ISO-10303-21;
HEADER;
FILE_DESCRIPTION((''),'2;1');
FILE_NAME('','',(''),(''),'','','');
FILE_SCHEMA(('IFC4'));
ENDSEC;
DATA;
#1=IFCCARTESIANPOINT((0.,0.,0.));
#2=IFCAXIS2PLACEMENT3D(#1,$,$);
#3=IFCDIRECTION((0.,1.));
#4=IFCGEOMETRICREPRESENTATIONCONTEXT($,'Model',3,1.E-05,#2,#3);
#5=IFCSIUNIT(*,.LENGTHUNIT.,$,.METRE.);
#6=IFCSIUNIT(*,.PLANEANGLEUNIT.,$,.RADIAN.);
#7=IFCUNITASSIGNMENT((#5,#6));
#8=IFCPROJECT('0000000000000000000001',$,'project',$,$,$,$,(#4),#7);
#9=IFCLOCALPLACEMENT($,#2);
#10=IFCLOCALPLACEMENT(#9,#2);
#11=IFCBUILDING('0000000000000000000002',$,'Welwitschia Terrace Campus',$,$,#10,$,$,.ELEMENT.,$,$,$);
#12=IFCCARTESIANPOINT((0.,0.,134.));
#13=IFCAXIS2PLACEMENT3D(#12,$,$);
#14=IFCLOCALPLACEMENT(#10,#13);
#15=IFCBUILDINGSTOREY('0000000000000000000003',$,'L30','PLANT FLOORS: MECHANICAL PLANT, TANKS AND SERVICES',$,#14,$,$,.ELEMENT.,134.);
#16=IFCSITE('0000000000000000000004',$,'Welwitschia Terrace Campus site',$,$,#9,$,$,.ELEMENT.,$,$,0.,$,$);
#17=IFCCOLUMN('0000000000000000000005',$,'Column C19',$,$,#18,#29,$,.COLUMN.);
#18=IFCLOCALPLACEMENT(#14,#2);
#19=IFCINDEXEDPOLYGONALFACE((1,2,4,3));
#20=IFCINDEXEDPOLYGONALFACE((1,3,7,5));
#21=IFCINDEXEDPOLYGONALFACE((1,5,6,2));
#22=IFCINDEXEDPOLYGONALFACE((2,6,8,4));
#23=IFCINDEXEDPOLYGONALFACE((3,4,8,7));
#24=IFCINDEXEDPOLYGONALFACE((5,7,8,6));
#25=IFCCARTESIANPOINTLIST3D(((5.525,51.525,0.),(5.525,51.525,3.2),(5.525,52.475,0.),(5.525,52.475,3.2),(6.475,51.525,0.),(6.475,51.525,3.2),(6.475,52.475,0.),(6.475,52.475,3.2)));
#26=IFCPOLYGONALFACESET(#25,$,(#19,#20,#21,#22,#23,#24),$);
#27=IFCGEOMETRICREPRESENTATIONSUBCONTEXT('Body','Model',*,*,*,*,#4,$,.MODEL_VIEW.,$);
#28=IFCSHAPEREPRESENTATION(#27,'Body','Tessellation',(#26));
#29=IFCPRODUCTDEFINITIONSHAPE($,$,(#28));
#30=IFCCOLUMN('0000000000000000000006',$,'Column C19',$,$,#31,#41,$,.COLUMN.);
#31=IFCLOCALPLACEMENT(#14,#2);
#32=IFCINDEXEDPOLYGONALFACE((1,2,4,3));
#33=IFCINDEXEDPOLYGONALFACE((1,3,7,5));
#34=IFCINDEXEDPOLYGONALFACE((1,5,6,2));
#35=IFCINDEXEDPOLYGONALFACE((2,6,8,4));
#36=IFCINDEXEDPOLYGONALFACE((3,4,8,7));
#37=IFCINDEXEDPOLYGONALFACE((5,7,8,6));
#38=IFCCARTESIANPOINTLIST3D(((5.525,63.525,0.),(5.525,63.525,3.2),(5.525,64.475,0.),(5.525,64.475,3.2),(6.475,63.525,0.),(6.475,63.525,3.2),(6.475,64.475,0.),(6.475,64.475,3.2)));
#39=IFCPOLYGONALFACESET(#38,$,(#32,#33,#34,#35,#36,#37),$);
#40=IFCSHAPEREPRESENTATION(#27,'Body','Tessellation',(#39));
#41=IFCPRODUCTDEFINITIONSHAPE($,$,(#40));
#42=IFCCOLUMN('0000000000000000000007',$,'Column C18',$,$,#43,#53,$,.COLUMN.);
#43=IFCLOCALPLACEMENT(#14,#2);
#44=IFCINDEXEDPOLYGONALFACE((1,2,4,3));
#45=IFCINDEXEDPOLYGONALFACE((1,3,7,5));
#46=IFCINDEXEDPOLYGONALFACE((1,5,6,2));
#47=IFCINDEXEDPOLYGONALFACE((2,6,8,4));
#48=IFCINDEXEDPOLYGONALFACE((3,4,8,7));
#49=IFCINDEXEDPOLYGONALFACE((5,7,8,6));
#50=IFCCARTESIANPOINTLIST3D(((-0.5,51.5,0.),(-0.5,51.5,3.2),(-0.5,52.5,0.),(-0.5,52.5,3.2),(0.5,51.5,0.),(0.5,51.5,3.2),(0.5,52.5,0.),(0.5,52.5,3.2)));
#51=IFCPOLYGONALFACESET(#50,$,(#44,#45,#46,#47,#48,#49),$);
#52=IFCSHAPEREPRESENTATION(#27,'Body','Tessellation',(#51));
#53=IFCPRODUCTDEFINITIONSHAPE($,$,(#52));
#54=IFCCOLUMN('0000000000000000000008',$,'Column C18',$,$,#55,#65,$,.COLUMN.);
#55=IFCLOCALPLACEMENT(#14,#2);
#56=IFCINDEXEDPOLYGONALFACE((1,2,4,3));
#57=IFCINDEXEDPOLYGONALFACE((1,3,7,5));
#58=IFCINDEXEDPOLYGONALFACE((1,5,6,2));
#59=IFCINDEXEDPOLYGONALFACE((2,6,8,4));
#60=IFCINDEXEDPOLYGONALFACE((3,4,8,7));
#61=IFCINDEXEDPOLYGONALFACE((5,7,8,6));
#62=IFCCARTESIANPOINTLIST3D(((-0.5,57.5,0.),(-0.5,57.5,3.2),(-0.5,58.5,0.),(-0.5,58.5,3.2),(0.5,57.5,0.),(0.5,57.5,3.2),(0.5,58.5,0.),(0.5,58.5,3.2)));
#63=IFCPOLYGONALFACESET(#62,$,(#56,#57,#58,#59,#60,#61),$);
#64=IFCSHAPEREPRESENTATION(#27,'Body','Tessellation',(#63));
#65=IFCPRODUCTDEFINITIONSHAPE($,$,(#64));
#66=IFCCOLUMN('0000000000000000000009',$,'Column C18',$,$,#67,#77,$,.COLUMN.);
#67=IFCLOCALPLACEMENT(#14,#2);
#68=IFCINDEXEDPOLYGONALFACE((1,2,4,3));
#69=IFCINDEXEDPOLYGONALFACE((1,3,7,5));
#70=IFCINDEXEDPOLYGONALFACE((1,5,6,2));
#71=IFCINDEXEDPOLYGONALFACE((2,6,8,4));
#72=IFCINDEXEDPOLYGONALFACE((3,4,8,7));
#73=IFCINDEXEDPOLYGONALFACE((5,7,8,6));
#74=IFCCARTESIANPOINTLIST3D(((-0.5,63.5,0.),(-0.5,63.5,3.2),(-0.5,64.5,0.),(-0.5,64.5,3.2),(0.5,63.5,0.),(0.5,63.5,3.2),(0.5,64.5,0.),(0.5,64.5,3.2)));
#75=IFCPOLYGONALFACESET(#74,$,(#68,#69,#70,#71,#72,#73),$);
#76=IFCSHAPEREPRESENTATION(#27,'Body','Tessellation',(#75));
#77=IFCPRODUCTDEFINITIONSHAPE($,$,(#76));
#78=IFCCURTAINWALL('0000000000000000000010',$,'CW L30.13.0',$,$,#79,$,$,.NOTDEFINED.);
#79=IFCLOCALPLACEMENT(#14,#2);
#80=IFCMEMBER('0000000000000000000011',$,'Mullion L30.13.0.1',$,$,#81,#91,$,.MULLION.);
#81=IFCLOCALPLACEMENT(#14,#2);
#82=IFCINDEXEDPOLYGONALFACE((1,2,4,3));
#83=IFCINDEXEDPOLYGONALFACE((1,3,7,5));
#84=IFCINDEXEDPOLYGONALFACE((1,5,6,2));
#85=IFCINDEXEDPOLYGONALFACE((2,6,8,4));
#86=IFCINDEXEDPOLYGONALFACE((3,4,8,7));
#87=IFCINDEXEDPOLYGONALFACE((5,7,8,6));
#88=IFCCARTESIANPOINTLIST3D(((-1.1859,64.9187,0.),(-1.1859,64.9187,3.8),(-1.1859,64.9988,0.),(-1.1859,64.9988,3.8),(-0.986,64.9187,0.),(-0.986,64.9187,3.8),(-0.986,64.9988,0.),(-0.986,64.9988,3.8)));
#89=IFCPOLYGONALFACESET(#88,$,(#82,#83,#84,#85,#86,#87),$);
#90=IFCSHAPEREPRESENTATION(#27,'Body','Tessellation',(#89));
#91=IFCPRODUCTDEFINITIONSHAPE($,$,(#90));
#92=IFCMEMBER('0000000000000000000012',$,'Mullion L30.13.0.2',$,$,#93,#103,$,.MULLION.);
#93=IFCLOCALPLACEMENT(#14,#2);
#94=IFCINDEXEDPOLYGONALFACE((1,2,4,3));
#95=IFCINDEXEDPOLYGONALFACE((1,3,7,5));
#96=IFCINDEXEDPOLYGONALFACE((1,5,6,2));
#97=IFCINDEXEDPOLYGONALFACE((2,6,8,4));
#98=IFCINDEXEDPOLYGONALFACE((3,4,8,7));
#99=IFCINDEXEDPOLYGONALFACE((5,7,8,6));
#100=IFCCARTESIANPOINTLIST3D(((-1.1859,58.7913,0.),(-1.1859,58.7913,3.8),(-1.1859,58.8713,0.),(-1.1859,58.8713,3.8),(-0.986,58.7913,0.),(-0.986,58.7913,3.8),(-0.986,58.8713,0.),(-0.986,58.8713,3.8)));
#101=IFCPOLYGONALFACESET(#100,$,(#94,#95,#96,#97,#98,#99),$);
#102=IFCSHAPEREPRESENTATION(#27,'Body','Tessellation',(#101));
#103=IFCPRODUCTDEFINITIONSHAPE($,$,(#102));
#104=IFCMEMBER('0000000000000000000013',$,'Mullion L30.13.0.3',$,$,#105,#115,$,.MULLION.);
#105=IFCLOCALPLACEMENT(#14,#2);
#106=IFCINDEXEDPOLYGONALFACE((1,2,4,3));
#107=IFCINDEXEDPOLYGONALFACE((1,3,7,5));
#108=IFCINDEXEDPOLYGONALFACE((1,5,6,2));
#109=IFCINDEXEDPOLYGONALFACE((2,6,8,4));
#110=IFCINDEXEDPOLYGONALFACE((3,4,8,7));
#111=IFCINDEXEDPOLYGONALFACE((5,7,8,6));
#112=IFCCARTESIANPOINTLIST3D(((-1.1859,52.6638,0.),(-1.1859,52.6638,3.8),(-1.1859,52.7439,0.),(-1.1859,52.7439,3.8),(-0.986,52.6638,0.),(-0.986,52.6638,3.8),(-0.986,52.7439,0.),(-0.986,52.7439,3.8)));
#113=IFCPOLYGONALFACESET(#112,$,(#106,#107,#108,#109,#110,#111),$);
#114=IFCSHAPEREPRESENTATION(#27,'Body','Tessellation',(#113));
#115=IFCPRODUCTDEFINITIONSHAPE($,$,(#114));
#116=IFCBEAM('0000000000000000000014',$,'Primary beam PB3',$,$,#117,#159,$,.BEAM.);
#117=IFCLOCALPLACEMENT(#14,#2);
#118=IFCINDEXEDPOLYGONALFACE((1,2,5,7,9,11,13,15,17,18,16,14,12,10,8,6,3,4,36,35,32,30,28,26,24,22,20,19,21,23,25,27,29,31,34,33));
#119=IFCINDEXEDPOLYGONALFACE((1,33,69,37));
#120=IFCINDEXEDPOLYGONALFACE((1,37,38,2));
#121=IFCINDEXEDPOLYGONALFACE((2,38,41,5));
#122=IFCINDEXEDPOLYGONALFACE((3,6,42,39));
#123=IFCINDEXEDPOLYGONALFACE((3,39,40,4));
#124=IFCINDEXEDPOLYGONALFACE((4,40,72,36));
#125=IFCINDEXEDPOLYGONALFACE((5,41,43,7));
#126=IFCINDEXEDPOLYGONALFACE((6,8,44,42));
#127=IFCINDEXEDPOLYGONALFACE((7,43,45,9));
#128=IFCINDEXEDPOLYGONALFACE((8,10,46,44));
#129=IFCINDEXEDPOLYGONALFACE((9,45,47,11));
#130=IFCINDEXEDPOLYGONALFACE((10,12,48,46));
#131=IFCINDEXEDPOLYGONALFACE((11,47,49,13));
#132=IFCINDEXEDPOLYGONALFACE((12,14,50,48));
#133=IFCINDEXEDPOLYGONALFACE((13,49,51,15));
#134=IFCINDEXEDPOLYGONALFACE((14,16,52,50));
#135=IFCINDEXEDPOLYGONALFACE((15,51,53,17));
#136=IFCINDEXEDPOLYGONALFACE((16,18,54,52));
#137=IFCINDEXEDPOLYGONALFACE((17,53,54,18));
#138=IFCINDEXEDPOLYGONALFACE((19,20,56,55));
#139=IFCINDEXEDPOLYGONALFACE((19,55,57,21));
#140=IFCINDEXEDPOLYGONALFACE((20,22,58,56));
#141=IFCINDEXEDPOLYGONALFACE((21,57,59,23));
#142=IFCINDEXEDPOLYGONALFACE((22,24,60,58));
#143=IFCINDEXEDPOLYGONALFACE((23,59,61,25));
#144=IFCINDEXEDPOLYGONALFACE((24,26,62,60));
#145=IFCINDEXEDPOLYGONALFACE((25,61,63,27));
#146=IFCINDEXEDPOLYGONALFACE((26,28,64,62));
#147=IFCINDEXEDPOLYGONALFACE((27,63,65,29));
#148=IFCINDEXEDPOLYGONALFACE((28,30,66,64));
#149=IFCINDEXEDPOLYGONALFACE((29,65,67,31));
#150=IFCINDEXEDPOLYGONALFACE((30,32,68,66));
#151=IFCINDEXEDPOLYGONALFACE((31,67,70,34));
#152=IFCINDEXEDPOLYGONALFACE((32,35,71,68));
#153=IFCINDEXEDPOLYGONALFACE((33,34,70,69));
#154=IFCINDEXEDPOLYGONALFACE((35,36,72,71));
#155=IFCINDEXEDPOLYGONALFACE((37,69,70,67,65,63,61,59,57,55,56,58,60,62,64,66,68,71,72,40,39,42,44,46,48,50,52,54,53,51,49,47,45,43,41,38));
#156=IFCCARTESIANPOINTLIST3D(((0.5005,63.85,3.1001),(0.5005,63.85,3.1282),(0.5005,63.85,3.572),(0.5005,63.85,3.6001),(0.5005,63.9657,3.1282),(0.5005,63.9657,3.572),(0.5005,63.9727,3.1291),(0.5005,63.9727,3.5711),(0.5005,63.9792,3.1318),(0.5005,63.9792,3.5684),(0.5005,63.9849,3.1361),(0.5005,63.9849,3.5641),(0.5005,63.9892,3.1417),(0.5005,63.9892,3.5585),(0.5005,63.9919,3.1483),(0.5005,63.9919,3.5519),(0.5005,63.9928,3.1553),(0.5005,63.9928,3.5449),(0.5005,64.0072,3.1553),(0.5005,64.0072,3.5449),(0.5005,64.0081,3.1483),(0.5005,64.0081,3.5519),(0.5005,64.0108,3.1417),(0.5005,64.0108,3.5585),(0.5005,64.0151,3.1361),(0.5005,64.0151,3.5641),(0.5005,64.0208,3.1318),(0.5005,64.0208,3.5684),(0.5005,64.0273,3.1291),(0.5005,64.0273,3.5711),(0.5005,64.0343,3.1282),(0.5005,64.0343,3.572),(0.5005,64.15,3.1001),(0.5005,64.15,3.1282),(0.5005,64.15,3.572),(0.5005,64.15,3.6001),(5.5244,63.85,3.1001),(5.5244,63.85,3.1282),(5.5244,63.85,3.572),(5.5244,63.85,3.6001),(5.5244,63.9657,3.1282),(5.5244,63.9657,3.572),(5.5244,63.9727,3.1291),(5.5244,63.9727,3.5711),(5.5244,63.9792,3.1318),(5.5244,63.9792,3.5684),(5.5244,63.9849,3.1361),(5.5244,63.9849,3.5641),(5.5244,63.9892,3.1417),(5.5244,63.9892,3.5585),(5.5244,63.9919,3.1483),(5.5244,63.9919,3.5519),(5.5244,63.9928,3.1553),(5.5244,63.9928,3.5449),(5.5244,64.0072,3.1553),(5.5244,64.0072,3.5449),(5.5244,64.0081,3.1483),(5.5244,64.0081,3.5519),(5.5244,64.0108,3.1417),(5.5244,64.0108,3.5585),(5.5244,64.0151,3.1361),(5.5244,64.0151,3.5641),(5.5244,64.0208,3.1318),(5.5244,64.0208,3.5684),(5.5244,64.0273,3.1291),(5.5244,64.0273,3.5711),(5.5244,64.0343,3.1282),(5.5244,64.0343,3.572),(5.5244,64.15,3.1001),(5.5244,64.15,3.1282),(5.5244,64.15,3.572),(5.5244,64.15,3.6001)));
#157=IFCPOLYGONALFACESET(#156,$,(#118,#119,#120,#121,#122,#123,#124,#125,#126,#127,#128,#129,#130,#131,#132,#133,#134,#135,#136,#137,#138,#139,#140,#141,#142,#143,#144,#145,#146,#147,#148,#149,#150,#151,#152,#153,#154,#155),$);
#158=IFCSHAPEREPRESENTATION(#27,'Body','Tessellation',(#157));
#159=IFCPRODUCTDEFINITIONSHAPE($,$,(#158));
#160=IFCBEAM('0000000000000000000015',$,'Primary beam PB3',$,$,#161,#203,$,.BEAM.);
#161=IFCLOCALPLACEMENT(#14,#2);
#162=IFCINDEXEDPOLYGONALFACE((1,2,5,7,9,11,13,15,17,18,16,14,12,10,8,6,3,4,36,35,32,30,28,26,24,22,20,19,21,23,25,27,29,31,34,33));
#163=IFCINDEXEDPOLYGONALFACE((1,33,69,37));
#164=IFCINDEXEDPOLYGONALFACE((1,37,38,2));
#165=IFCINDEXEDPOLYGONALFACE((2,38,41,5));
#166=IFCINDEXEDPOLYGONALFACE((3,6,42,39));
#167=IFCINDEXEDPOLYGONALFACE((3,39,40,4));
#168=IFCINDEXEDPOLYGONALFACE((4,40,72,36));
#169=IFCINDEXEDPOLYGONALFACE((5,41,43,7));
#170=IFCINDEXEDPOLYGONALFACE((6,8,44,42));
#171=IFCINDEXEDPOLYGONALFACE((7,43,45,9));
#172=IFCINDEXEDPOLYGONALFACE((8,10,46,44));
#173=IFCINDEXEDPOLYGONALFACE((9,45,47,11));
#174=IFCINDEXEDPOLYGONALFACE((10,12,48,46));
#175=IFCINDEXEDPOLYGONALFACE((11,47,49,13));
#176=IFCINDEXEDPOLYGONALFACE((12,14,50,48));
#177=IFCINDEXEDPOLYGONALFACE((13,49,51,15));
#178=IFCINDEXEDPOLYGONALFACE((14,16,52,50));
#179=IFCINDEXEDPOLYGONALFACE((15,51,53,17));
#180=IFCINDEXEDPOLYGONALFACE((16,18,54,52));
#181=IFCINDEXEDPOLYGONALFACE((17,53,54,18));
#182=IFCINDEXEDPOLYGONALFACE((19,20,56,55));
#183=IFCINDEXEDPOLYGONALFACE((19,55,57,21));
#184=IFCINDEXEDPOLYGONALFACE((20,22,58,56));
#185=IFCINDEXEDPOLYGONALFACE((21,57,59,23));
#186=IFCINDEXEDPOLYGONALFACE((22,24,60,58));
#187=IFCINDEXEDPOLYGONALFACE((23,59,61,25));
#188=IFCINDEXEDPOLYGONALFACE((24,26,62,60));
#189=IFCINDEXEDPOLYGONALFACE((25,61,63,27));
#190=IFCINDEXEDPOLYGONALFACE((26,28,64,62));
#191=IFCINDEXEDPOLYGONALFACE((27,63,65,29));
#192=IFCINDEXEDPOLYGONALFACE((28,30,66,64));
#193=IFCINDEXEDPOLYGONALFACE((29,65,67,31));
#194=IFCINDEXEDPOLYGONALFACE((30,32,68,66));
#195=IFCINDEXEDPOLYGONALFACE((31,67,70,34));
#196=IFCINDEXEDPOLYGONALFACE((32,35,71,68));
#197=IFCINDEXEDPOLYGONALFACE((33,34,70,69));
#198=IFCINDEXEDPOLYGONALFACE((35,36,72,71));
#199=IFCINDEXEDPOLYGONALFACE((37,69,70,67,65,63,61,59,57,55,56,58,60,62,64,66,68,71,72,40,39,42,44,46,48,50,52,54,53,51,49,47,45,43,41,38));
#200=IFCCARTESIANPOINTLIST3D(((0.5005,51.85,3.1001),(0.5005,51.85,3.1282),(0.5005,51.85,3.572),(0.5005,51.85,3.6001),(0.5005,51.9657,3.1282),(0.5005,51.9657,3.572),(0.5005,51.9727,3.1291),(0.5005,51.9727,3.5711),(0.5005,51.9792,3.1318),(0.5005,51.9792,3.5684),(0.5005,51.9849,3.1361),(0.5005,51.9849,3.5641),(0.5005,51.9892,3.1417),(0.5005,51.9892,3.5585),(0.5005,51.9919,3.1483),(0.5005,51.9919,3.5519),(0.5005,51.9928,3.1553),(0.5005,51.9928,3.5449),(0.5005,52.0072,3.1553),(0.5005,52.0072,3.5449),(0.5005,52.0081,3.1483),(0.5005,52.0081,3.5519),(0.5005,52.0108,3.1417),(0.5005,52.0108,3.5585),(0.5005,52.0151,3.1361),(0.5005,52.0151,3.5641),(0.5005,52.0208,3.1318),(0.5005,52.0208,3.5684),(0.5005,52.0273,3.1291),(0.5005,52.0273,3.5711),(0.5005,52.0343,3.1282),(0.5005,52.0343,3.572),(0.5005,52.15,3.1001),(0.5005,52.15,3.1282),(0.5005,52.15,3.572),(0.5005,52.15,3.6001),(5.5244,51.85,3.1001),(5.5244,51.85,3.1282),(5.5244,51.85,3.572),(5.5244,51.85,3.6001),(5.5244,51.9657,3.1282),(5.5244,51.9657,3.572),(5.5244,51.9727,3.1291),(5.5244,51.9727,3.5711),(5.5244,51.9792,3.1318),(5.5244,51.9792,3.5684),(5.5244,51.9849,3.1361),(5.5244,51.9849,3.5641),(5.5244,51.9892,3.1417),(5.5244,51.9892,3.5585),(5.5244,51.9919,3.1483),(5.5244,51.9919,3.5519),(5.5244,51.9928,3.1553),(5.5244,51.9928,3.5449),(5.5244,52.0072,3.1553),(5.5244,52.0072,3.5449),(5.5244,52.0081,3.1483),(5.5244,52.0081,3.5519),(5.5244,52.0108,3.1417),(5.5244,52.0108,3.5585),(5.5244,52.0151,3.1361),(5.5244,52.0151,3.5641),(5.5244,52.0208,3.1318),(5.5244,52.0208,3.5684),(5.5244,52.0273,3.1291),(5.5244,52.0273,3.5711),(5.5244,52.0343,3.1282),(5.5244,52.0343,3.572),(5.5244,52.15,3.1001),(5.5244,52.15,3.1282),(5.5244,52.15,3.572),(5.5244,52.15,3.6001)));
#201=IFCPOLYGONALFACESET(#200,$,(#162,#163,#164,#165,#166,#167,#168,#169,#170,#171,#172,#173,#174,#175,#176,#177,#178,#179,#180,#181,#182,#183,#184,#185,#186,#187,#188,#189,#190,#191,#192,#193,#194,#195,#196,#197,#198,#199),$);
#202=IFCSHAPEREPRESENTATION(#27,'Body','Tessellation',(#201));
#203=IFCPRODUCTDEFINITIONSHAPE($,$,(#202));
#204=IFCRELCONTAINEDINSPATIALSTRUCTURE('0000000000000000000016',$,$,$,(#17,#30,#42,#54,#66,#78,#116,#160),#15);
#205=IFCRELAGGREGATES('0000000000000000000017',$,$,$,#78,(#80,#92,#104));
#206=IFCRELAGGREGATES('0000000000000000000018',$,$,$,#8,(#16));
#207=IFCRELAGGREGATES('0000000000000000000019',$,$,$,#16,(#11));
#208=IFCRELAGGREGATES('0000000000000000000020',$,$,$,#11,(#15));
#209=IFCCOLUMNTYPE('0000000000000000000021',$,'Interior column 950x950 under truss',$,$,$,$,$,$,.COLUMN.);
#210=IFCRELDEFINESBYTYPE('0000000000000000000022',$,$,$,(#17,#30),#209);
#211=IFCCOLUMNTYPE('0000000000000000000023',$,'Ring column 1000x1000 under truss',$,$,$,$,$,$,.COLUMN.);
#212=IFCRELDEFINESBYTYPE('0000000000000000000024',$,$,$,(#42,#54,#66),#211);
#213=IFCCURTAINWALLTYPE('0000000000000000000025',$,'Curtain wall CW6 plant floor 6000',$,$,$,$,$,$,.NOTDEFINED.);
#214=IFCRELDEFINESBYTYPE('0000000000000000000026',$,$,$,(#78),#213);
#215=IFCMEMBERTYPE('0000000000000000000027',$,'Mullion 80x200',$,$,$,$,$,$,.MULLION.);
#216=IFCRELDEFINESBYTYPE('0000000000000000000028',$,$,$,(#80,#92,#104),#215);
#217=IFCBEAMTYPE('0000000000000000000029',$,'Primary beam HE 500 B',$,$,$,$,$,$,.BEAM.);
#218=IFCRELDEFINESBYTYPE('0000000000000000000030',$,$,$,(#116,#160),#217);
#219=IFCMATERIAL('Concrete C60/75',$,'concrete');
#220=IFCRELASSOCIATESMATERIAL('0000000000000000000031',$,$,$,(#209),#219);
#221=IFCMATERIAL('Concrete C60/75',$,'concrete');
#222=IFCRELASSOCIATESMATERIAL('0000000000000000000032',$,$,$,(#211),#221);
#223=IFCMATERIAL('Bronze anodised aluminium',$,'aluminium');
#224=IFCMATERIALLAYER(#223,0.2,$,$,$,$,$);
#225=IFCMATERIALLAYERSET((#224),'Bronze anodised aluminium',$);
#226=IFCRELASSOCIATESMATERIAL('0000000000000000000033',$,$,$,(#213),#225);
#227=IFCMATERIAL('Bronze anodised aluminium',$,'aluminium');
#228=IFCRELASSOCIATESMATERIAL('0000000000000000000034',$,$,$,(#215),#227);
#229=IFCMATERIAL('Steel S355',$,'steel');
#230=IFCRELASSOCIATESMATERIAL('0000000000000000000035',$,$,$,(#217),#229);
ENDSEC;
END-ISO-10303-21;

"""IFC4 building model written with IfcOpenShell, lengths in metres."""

from ifc_helpers import new_model, si_unit, direction, frame, origin, origin_2d, place, context, subcontext, project, spatial, rectangle, i_section, extrude, material, layer, layer_set, material_profile, profile_set, type_object, element, aggregate, save


model = new_model("IFC4")

# Units and contexts
model_context = context("Model", 3, precision=1e-05, world=origin(), true_north=direction((0.0, 1.0)))
body_context = subcontext(model_context, "Body", "Model", "MODEL_VIEW")
ifc_project = project(units=[si_unit("LENGTHUNIT", "METRE"), si_unit("PLANEANGLEUNIT", "RADIAN")], contexts=[model_context])

# Site, building, storey
site_placement = place(None, origin())
site = spatial("IfcSite", under=ifc_project, at=site_placement, Name="Welwitschia Terrace Campus site", CompositionType="ELEMENT", RefElevation=0.0)
building_placement = place(site_placement, origin())
building = spatial("IfcBuilding", under=site, at=building_placement, Name="Welwitschia Terrace Campus", CompositionType="ELEMENT")
storey_placement = place(building_placement, frame((0.0, 0.0, 134.0)))
storey = spatial("IfcBuildingStorey", under=building, at=storey_placement, Name="L30", Description="PLANT FLOORS: MECHANICAL PLANT, TANKS AND SERVICES", CompositionType="ELEMENT", Elevation=134.0)

# Columns
ifc_material_1 = material(Name="Concrete C60/75", Category="concrete")
ifc_material_profile_1 = material_profile(ifc_material_1, rectangle(XDim=0.95, YDim=0.95, at=origin_2d()))
ifc_profile_set_1 = profile_set([ifc_material_profile_1], Name="Concrete C60/75")
column_type_1 = type_object("IfcColumnType", Name="Interior column 950x950 under truss", PredefinedType="COLUMN", material=ifc_profile_set_1)
for number, where, z_axis, x_axis, name in (
    (1, (6.0, 52.0, 0.0), (0.0, 0.0, 1.0), (1.0, 0.0, 0.0), "Column C19"),
    (2, (6.0, 64.0, 0.0), (0.0, 0.0, 1.0), (1.0, 0.0, 0.0), "Column C19"),
):
    element("IfcColumn", number, at=place(storey_placement, frame(where, z_axis=z_axis, x_axis=x_axis)), inside=storey, type_object=column_type_1, Name=name, PredefinedType="COLUMN", context=body_context, shape_type="SweptSolid", body=[
        extrude(rectangle(XDim=0.95, YDim=0.95, at=origin_2d()), origin(), (0.0, 0.0, 1.0), 3.2),
    ])
ifc_material_2 = material(Name="Concrete C60/75", Category="concrete")
ifc_material_profile_2 = material_profile(ifc_material_2, rectangle(XDim=1.0, YDim=1.0, at=origin_2d()))
ifc_profile_set_2 = profile_set([ifc_material_profile_2], Name="Concrete C60/75")
column_type_2 = type_object("IfcColumnType", Name="Ring column 1000x1000 under truss", PredefinedType="COLUMN", material=ifc_profile_set_2)
for number, where, z_axis, x_axis, name in (
    (3, (0.0, 52.0, 0.0), (0.0, 0.0, 1.0), (1.0, 0.0, 0.0), "Column C18"),
    (4, (0.0, 58.0, 0.0), (0.0, 0.0, 1.0), (1.0, 0.0, 0.0), "Column C18"),
    (5, (0.0, 64.0, 0.0), (0.0, 0.0, 1.0), (1.0, 0.0, 0.0), "Column C18"),
):
    element("IfcColumn", number, at=place(storey_placement, frame(where, z_axis=z_axis, x_axis=x_axis)), inside=storey, type_object=column_type_2, Name=name, PredefinedType="COLUMN", context=body_context, shape_type="SweptSolid", body=[
        extrude(rectangle(XDim=1.0, YDim=1.0, at=origin_2d()), origin(), (0.0, 0.0, 1.0), 3.2),
    ])

# Curtain wall, members
ifc_material_3 = material(Name="Bronze anodised aluminium", Category="aluminium")
ifc_layer_1 = layer(ifc_material_3, 0.2)
ifc_layer_set_1 = layer_set([ifc_layer_1], Name="Bronze anodised aluminium")
curtain_wall_type = type_object("IfcCurtainWallType", Name="Curtain wall CW6 plant floor 6000", PredefinedType="NOTDEFINED", material=ifc_layer_set_1)
curtain_wall_placement = place(storey_placement, origin())
curtain_wall = element("IfcCurtainWall", 6, at=curtain_wall_placement, inside=storey, type_object=curtain_wall_type, Name="CW L30.13.0", PredefinedType="NOTDEFINED")
ifc_material_4 = material(Name="Bronze anodised aluminium", Category="aluminium")
ifc_material_profile_3 = material_profile(ifc_material_4, rectangle(XDim=0.2, YDim=0.0801, at=origin_2d()))
ifc_profile_set_3 = profile_set([ifc_material_profile_3], Name="Bronze anodised aluminium")
member_type = type_object("IfcMemberType", Name="Mullion 80x200", PredefinedType="MULLION", material=ifc_profile_set_3)
member_1_placement = place(storey_placement, frame((-1.0859, 64.9587, 0.0), z_axis=(0.0, 0.0, 1.0), x_axis=(1.0, 0.0, 0.0)))
member_1 = element("IfcMember", 7, at=member_1_placement, type_object=member_type, Name="Mullion L30.13.0.1", PredefinedType="MULLION", context=body_context, shape_type="SweptSolid", body=[
    extrude(rectangle(XDim=0.2, YDim=0.0801, at=origin_2d()), origin(), (0.0, 0.0, 1.0), 3.8),
])
member_2_placement = place(storey_placement, frame((-1.0859, 58.8313, 0.0), z_axis=(0.0, 0.0, 1.0), x_axis=(1.0, 0.0, 0.0)))
member_2 = element("IfcMember", 8, at=member_2_placement, type_object=member_type, Name="Mullion L30.13.0.2", PredefinedType="MULLION", context=body_context, shape_type="SweptSolid", body=[
    extrude(rectangle(XDim=0.2, YDim=0.0801, at=origin_2d()), origin(), (0.0, 0.0, 1.0), 3.8),
])
member_3_placement = place(storey_placement, frame((-1.0859, 52.7039, 0.0), z_axis=(0.0, 0.0, 1.0), x_axis=(1.0, 0.0, 0.0)))
member_3 = element("IfcMember", 9, at=member_3_placement, type_object=member_type, Name="Mullion L30.13.0.3", PredefinedType="MULLION", context=body_context, shape_type="SweptSolid", body=[
    extrude(rectangle(XDim=0.2, YDim=0.0801, at=origin_2d()), origin(), (0.0, 0.0, 1.0), 3.8),
])

# Beams
ifc_material_5 = material(Name="Steel S355", Category="steel")
ifc_material_profile_4 = material_profile(ifc_material_5, i_section(OverallWidth=0.3, OverallDepth=0.5, WebThickness=0.0144, FlangeThickness=0.0281, FilletRadius=0.0271, at=origin_2d()))
ifc_profile_set_4 = profile_set([ifc_material_profile_4], Name="Steel S355")
beam_type = type_object("IfcBeamType", Name="Primary beam HE 500 B", PredefinedType="BEAM", material=ifc_profile_set_4)
for number, where, z_axis, x_axis, name in (
    (10, (0.5005, 64.0, 3.3501), (1.0, 0.0, 0.0), (0.0, 1.0, 0.0), "Primary beam PB3"),
    (11, (0.5005, 52.0, 3.3501), (1.0, 0.0, 0.0), (0.0, 1.0, 0.0), "Primary beam PB3"),
):
    element("IfcBeam", number, at=place(storey_placement, frame(where, z_axis=z_axis, x_axis=x_axis)), inside=storey, type_object=beam_type, Name=name, PredefinedType="BEAM", context=body_context, shape_type="SweptSolid", body=[
        extrude(i_section(OverallWidth=0.3, OverallDepth=0.5, WebThickness=0.0144, FlangeThickness=0.0281, FilletRadius=0.0271, at=origin_2d()), origin(), (0.0, 0.0, 1.0), 5.0239),
    ])

aggregate(curtain_wall, [member_1, member_2, member_3])

save(model, "model.ifc")
